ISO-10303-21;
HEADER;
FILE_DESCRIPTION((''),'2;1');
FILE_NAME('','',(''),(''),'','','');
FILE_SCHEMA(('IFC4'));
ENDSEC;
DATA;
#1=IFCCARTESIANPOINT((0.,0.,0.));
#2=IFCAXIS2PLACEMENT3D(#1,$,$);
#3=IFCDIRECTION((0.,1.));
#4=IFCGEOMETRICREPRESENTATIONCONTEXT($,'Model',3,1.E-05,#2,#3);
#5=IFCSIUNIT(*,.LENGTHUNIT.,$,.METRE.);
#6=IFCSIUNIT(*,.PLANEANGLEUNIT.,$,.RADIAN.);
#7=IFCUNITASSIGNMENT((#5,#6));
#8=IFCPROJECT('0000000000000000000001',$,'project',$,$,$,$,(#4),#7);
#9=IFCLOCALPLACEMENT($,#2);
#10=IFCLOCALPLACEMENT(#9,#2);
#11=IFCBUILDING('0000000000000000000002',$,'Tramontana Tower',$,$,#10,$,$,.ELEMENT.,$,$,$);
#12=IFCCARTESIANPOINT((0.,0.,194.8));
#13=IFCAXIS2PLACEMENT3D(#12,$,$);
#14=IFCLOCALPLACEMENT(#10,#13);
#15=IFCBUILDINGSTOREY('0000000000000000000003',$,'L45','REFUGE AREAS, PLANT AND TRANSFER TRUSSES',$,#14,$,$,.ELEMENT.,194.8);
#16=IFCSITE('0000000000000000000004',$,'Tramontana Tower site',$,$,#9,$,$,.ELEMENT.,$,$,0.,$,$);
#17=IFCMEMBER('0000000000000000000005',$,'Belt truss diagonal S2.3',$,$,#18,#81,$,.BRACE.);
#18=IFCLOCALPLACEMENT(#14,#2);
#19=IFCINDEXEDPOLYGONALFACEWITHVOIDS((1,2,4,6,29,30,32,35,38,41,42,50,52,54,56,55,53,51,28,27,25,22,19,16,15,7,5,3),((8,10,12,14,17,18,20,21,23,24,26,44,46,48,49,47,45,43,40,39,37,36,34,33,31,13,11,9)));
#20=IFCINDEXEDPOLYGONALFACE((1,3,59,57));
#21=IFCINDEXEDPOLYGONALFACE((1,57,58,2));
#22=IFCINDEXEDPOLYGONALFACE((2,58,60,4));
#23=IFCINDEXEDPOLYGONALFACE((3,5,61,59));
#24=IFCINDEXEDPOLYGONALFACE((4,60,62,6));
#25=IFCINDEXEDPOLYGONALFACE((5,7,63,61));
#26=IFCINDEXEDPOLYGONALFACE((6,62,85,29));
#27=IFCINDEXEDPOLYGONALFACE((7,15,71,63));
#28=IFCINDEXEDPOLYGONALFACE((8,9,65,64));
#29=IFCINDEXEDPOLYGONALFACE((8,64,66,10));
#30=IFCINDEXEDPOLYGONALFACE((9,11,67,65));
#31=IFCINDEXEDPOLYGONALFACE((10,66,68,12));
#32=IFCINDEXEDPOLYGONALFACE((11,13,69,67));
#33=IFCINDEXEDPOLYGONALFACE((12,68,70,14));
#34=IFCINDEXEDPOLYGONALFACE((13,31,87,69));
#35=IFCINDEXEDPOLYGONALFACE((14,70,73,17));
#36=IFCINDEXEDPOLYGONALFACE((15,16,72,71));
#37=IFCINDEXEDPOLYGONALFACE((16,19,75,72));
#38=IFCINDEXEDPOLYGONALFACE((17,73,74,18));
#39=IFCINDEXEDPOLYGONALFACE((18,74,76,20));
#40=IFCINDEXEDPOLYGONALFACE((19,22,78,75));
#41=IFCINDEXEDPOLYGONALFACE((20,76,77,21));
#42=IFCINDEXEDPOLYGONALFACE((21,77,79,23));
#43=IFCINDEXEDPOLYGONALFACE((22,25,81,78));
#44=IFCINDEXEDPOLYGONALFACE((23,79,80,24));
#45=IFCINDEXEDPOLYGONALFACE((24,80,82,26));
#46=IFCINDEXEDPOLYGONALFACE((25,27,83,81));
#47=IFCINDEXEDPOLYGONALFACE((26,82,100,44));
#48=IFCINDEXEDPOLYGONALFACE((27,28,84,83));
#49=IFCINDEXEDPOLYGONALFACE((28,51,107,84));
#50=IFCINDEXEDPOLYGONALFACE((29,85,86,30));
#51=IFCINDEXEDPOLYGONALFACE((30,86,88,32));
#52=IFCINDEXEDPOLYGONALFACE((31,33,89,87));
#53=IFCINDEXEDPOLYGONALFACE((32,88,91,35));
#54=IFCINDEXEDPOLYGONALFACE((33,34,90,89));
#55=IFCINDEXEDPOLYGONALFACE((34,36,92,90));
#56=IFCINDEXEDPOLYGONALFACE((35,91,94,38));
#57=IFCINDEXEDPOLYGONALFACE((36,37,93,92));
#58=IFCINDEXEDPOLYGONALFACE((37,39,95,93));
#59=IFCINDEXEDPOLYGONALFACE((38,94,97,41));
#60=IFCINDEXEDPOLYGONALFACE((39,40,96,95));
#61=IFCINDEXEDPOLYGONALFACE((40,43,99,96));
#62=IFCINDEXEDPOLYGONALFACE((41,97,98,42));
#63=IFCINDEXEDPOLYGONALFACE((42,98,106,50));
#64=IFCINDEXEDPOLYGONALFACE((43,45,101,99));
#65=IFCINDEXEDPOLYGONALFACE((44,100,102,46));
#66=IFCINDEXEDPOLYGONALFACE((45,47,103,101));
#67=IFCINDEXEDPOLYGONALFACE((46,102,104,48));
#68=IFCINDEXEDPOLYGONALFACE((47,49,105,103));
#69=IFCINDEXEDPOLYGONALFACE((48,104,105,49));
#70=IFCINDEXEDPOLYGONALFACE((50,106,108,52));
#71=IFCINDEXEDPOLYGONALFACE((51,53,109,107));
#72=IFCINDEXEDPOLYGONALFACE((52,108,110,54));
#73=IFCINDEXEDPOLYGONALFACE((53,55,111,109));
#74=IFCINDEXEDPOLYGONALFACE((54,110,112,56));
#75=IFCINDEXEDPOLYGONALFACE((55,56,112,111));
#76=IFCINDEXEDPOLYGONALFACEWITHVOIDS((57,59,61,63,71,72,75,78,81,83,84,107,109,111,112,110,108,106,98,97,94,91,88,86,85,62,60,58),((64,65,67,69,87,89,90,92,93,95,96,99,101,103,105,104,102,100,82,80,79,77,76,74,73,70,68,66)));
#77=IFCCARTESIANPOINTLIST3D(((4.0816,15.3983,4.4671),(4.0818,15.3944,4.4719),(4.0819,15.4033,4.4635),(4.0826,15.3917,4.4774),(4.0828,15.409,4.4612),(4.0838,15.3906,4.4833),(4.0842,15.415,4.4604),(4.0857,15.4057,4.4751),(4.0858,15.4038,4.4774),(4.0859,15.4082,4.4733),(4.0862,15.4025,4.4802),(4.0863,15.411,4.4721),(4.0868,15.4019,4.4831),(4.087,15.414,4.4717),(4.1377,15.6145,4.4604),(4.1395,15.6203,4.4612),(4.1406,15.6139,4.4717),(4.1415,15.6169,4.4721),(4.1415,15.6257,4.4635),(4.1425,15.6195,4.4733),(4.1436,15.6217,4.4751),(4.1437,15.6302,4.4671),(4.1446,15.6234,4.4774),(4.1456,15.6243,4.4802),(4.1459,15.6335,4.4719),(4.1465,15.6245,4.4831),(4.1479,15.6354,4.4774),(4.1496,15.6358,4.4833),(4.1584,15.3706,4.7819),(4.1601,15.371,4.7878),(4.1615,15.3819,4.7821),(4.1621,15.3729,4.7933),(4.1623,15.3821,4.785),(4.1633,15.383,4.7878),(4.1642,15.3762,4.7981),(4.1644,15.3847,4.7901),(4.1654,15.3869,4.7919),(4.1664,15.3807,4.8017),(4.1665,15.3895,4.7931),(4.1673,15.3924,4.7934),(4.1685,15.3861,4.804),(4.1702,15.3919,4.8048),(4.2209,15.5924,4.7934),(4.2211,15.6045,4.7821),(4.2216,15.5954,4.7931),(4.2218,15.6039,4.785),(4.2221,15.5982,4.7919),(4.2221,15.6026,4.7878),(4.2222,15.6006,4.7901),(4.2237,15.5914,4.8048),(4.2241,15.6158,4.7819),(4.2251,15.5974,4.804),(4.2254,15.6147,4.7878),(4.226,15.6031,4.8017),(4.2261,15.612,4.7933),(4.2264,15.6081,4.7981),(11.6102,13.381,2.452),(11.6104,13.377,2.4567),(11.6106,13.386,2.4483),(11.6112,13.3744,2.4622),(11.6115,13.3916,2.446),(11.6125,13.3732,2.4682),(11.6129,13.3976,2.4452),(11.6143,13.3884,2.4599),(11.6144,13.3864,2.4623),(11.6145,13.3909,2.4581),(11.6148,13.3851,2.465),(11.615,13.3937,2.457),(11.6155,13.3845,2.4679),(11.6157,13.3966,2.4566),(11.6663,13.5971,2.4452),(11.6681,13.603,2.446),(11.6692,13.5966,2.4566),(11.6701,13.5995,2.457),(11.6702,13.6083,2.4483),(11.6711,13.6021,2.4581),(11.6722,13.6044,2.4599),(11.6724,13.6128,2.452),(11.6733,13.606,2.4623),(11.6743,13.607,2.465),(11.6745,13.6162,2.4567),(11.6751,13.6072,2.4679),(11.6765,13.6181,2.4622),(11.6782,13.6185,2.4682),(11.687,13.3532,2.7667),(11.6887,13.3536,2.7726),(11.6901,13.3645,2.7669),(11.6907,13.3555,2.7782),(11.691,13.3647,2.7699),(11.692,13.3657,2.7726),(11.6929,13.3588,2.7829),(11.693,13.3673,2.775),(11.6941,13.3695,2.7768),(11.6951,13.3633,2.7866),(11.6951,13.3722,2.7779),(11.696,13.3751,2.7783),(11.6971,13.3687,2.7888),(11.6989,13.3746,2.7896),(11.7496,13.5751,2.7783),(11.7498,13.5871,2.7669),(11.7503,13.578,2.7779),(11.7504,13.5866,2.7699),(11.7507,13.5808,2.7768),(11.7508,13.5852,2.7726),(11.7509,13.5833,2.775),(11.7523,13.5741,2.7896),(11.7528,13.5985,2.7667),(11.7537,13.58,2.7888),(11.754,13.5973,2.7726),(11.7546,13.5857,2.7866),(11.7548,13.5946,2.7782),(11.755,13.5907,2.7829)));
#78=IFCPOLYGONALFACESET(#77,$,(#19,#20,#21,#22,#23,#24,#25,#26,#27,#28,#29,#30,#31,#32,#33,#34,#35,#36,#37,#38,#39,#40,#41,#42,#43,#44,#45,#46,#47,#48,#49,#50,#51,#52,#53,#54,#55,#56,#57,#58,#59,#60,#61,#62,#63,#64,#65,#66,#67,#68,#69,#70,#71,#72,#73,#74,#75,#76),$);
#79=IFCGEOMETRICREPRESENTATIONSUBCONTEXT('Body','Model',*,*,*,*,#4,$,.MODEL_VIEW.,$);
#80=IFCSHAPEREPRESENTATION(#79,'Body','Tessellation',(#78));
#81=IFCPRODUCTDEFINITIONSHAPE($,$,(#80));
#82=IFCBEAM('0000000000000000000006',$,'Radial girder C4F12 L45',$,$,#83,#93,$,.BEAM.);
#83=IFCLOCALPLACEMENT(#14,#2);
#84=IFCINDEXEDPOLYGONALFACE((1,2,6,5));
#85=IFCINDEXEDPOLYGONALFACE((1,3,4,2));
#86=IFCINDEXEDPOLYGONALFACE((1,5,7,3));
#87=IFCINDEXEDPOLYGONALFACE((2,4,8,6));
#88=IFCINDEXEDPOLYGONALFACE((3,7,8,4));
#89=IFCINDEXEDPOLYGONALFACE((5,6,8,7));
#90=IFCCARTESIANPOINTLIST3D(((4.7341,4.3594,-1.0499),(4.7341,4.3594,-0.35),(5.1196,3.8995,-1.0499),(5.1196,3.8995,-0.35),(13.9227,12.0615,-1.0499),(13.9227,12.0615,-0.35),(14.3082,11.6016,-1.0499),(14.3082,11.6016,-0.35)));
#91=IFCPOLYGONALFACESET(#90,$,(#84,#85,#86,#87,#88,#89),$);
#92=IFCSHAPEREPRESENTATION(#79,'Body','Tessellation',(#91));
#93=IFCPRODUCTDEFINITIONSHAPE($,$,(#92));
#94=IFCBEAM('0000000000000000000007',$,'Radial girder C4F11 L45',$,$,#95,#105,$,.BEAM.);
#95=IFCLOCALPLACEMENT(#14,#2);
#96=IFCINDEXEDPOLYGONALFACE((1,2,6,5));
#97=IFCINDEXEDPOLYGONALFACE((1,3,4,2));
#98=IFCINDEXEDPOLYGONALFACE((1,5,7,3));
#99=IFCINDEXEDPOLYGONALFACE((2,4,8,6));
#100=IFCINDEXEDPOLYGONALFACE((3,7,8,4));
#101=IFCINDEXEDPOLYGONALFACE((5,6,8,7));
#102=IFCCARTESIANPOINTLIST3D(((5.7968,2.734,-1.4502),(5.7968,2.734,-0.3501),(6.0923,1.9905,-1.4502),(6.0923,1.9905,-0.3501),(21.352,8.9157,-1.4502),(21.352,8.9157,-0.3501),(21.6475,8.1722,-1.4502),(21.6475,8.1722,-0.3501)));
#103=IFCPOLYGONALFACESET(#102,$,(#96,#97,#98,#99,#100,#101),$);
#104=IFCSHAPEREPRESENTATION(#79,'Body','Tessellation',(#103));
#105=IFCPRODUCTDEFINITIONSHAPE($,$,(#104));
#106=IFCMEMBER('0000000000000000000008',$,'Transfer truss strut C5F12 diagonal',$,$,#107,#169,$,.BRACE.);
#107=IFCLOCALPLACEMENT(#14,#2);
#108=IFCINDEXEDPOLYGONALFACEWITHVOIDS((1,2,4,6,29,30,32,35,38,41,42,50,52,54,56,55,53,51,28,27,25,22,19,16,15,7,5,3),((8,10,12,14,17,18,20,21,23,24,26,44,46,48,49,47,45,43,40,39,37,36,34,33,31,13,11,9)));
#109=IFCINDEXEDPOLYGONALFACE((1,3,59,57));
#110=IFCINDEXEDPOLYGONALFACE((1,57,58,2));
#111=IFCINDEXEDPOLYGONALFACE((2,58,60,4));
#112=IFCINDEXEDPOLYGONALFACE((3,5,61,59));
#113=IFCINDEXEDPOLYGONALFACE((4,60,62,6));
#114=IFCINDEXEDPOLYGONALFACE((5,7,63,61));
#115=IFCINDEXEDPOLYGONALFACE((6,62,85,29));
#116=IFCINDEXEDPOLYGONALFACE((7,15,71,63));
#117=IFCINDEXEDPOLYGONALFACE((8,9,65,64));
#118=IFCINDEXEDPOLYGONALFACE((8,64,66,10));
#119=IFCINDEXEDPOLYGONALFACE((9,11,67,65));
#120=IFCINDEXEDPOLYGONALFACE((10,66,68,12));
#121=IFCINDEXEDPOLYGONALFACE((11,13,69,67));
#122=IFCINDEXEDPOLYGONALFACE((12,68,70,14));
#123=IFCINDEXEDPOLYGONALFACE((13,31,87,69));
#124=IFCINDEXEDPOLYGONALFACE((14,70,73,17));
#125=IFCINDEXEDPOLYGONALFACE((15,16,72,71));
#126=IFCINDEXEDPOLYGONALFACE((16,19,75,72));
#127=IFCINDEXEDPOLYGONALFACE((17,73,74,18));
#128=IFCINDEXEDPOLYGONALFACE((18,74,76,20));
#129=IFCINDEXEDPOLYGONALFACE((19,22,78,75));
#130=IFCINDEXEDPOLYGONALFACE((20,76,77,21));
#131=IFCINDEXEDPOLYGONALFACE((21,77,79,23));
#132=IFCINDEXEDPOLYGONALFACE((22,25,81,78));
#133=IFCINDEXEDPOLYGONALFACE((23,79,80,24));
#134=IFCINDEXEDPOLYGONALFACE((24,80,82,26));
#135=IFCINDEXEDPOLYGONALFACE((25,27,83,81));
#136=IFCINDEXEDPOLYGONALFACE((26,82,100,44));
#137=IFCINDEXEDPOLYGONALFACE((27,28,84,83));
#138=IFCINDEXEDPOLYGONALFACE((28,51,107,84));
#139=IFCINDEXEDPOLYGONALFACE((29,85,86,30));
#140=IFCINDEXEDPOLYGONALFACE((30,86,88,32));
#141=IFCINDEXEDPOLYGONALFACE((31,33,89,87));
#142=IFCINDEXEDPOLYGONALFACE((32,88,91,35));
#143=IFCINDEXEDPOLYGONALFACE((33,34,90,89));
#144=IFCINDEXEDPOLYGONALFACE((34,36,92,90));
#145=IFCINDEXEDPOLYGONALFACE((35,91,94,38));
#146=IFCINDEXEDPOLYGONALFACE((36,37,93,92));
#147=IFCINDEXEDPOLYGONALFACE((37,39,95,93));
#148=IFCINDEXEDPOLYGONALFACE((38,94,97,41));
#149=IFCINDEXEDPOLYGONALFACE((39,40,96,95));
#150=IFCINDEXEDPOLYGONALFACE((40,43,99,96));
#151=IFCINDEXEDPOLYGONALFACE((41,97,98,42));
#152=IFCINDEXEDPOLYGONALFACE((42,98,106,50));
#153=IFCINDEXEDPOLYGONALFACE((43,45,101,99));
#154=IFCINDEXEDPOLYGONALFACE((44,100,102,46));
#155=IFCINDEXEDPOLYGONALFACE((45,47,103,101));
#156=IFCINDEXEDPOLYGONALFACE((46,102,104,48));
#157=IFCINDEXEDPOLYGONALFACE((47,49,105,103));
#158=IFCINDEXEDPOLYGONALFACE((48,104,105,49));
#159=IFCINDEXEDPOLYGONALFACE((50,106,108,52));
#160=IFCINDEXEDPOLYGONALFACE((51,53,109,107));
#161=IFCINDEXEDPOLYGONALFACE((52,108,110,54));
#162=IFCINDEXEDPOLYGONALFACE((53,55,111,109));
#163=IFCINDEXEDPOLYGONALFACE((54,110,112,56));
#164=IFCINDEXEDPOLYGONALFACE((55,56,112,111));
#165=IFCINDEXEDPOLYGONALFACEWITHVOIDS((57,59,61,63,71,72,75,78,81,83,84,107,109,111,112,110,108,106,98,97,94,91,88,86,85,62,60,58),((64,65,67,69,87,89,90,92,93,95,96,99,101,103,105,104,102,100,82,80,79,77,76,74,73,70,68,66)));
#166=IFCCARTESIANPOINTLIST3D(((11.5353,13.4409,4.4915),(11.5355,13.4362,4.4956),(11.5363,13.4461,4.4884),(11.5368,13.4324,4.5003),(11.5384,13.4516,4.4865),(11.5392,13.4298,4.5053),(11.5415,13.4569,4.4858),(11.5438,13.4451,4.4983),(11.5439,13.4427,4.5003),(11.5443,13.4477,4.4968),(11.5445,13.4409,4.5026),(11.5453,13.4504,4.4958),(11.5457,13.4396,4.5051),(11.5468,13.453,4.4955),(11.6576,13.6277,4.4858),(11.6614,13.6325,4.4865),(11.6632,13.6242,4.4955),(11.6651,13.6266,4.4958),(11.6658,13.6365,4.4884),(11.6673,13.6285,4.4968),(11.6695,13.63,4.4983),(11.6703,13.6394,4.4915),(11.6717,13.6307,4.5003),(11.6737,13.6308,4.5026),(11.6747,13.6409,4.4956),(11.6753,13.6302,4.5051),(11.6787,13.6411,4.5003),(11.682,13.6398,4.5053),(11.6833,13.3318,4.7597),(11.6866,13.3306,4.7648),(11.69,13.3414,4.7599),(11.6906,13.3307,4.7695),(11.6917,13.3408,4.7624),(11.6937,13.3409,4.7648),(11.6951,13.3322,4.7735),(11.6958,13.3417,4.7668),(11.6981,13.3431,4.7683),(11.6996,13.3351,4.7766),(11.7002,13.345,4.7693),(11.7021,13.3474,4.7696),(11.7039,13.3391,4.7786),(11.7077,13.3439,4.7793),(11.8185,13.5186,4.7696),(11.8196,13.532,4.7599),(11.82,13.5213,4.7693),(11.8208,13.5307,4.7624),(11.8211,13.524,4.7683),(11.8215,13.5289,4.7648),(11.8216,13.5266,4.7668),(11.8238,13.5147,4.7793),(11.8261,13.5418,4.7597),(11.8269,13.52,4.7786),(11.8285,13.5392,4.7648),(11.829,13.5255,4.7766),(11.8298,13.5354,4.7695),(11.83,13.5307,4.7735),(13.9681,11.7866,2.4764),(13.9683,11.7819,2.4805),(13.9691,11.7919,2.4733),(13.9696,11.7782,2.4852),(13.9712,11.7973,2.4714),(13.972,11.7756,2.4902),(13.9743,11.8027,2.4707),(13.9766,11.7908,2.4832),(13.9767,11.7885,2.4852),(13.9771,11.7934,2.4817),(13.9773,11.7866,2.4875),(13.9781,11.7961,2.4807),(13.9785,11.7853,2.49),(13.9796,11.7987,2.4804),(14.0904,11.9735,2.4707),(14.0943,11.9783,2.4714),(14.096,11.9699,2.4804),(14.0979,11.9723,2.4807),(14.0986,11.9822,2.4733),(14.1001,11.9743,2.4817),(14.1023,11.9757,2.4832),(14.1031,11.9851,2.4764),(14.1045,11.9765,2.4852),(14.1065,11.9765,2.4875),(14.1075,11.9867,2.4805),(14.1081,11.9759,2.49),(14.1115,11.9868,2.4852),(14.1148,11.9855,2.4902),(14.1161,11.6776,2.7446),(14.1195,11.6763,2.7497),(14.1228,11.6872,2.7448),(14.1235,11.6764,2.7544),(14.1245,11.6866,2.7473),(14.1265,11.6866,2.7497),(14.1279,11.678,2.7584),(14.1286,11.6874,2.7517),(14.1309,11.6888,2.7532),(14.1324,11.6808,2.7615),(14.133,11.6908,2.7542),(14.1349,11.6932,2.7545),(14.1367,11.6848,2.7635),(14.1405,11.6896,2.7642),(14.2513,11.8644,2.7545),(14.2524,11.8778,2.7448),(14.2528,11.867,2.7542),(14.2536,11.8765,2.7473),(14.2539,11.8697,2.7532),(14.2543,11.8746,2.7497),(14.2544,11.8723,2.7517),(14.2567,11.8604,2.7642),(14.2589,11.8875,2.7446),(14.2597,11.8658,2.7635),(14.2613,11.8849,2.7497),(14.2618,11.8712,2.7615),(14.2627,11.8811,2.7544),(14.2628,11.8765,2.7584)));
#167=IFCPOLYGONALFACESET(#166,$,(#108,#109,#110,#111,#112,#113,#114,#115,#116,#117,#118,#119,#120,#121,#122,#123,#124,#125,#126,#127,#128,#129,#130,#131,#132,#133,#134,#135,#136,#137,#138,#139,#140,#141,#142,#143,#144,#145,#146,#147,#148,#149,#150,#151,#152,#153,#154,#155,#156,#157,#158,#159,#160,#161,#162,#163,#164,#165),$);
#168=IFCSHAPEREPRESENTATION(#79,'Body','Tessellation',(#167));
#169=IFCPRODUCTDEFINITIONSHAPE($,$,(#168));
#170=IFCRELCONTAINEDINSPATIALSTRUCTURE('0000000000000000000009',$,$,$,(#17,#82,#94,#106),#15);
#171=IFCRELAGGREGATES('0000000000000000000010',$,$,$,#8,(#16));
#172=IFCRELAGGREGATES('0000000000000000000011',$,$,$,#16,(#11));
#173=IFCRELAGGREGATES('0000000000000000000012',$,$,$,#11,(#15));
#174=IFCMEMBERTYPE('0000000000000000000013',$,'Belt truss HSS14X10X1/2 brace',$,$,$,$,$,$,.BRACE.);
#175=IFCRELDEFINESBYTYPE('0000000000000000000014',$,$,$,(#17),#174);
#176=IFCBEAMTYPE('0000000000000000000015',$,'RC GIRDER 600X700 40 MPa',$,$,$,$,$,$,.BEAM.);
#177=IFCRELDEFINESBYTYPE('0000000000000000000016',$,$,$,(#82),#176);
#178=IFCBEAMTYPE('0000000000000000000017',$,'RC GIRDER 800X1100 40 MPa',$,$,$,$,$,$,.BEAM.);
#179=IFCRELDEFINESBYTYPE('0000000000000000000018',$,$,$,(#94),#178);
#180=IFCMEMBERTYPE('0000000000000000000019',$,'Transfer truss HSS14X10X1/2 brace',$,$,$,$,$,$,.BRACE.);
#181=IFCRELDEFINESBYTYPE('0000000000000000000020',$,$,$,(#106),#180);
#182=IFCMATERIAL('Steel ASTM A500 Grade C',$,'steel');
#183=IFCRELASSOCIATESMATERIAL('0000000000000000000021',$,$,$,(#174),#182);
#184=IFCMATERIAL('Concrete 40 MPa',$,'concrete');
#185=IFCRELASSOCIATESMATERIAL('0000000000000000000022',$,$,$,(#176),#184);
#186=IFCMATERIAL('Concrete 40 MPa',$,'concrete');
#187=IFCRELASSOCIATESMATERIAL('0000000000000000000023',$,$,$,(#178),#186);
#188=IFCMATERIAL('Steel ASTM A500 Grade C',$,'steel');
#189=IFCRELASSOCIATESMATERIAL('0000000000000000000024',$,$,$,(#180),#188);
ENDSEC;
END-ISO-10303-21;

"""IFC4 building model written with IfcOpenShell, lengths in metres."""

from ifc_helpers import new_model, si_unit, direction, frame, origin, origin_2d, place, context, subcontext, project, spatial, rectangle, hollow_rectangle, extrude, material, material_profile, profile_set, type_object, element, save


model = new_model("IFC4")

# Units and contexts
model_context = context("Model", 3, precision=1e-05, world=origin(), true_north=direction((0.0, 1.0)))
body_context = subcontext(model_context, "Body", "Model", "MODEL_VIEW")
ifc_project = project(units=[si_unit("LENGTHUNIT", "METRE"), si_unit("PLANEANGLEUNIT", "RADIAN")], contexts=[model_context])

# Site, building, storey
site_placement = place(None, origin())
site = spatial("IfcSite", under=ifc_project, at=site_placement, Name="Tramontana Tower site", CompositionType="ELEMENT", RefElevation=0.0)
building_placement = place(site_placement, origin())
building = spatial("IfcBuilding", under=site, at=building_placement, Name="Tramontana Tower", CompositionType="ELEMENT")
storey_placement = place(building_placement, frame((0.0, 0.0, 194.8)))
storey = spatial("IfcBuildingStorey", under=building, at=storey_placement, Name="L45", Description="REFUGE AREAS, PLANT AND TRANSFER TRUSSES", CompositionType="ELEMENT", Elevation=194.8)

# Member
ifc_material_1 = material(Name="Steel ASTM A500 Grade C", Category="steel")
ifc_material_profile_1 = material_profile(ifc_material_1, hollow_rectangle(XDim=0.2539, YDim=0.3557, WallThickness=0.0117, InnerFilletRadius=0.0117, OuterFilletRadius=0.0237, at=origin_2d()), Name="HSS14X10X1/2")
ifc_profile_set_1 = profile_set([ifc_material_profile_1], Name="Steel ASTM A500 Grade C")
member_type_1 = type_object("IfcMemberType", Name="Belt truss HSS14X10X1/2 brace", PredefinedType="BRACE", material=ifc_profile_set_1)
for number, where, z_axis, x_axis, name in (
    (1, (11.6826, 13.4858, 2.6174), (-0.935173, 0.250587, 0.250314), (-0.258826, -0.965924, 0.0), "Belt truss diagonal S2.3"),
):
    element("IfcMember", number, at=place(storey_placement, frame(where, z_axis=z_axis, x_axis=x_axis)), inside=storey, type_object=member_type_1, Name=name, PredefinedType="BRACE", context=body_context, shape_type="SweptSolid", body=[
        extrude(hollow_rectangle(XDim=0.2539, YDim=0.3557, WallThickness=0.0117, InnerFilletRadius=0.0117, OuterFilletRadius=0.0237, at=origin_2d()), origin(), (0.0, 0.0, 1.0), 8.0505),
    ])

# Beams
ifc_material_2 = material(Name="Concrete 40 MPa", Category="concrete")
ifc_material_profile_2 = material_profile(ifc_material_2, rectangle(XDim=0.6001, YDim=0.7, at=origin_2d()), Name="RC GIRDER 600X700 40 MPa")
ifc_profile_set_2 = profile_set([ifc_material_profile_2], Name="Concrete 40 MPa")
beam_type_1 = type_object("IfcBeamType", Name="RC GIRDER 600X700 40 MPa", PredefinedType="BEAM", material=ifc_profile_set_2)
beam_1_placement = place(storey_placement, frame((14.1155, 11.8315, -0.7), z_axis=(-0.766377, -0.642391, 0.0), x_axis=(0.642391, -0.766377, 0.0)))
element("IfcBeam", 2, at=beam_1_placement, inside=storey, type_object=beam_type_1, Name="Radial girder C4F12 L45", PredefinedType="BEAM", context=body_context, shape_type="SweptSolid", body=[
    extrude(rectangle(XDim=0.6001, YDim=0.7, at=origin_2d()), origin(), (0.0, 0.0, 1.0), 11.9897),
])
ifc_material_3 = material(Name="Concrete 40 MPa", Category="concrete")
ifc_material_profile_3 = material_profile(ifc_material_3, rectangle(XDim=0.8, YDim=1.1001, at=origin_2d()), Name="RC GIRDER 800X1100 40 MPa")
ifc_profile_set_3 = profile_set([ifc_material_profile_3], Name="Concrete 40 MPa")
beam_type_2 = type_object("IfcBeamType", Name="RC GIRDER 800X1100 40 MPa", PredefinedType="BEAM", material=ifc_profile_set_3)
beam_2_placement = place(storey_placement, frame((21.4998, 8.5439, -0.9001), z_axis=(-0.929307, -0.369308, 0.0), x_axis=(0.369308, -0.929307, 0.0)))
element("IfcBeam", 3, at=beam_2_placement, inside=storey, type_object=beam_type_2, Name="Radial girder C4F11 L45", PredefinedType="BEAM", context=body_context, shape_type="SweptSolid", body=[
    extrude(rectangle(XDim=0.8, YDim=1.1001, at=origin_2d()), origin(), (0.0, 0.0, 1.0), 16.7385),
])

# Member
ifc_material_4 = material(Name="Steel ASTM A500 Grade C", Category="steel")
ifc_material_profile_4 = material_profile(ifc_material_4, hollow_rectangle(XDim=0.2539, YDim=0.3557, WallThickness=0.0117, InnerFilletRadius=0.0117, OuterFilletRadius=0.0237, at=origin_2d()), Name="HSS14X10X1/2")
ifc_profile_set_4 = profile_set([ifc_material_profile_4], Name="Steel ASTM A500 Grade C")
member_type_2 = type_object("IfcMemberType", Name="Transfer truss HSS14X10X1/2 brace", PredefinedType="BRACE", material=ifc_profile_set_4)
member_1_placement = place(storey_placement, frame((14.1155, 11.8315, 2.6174), z_axis=(-0.68224, 0.463909, 0.565099), x_axis=(-0.562299, -0.826934, 0.0)))
element("IfcMember", 4, at=member_1_placement, inside=storey, type_object=member_type_2, Name="Transfer truss strut C5F12 diagonal", PredefinedType="BRACE", context=body_context, shape_type="SweptSolid", body=[
    extrude(hollow_rectangle(XDim=0.2539, YDim=0.3557, WallThickness=0.0117, InnerFilletRadius=0.0117, OuterFilletRadius=0.0237, at=origin_2d()), origin(), (0.0, 0.0, 1.0), 3.5659),
])

save(model, "model.ifc")
